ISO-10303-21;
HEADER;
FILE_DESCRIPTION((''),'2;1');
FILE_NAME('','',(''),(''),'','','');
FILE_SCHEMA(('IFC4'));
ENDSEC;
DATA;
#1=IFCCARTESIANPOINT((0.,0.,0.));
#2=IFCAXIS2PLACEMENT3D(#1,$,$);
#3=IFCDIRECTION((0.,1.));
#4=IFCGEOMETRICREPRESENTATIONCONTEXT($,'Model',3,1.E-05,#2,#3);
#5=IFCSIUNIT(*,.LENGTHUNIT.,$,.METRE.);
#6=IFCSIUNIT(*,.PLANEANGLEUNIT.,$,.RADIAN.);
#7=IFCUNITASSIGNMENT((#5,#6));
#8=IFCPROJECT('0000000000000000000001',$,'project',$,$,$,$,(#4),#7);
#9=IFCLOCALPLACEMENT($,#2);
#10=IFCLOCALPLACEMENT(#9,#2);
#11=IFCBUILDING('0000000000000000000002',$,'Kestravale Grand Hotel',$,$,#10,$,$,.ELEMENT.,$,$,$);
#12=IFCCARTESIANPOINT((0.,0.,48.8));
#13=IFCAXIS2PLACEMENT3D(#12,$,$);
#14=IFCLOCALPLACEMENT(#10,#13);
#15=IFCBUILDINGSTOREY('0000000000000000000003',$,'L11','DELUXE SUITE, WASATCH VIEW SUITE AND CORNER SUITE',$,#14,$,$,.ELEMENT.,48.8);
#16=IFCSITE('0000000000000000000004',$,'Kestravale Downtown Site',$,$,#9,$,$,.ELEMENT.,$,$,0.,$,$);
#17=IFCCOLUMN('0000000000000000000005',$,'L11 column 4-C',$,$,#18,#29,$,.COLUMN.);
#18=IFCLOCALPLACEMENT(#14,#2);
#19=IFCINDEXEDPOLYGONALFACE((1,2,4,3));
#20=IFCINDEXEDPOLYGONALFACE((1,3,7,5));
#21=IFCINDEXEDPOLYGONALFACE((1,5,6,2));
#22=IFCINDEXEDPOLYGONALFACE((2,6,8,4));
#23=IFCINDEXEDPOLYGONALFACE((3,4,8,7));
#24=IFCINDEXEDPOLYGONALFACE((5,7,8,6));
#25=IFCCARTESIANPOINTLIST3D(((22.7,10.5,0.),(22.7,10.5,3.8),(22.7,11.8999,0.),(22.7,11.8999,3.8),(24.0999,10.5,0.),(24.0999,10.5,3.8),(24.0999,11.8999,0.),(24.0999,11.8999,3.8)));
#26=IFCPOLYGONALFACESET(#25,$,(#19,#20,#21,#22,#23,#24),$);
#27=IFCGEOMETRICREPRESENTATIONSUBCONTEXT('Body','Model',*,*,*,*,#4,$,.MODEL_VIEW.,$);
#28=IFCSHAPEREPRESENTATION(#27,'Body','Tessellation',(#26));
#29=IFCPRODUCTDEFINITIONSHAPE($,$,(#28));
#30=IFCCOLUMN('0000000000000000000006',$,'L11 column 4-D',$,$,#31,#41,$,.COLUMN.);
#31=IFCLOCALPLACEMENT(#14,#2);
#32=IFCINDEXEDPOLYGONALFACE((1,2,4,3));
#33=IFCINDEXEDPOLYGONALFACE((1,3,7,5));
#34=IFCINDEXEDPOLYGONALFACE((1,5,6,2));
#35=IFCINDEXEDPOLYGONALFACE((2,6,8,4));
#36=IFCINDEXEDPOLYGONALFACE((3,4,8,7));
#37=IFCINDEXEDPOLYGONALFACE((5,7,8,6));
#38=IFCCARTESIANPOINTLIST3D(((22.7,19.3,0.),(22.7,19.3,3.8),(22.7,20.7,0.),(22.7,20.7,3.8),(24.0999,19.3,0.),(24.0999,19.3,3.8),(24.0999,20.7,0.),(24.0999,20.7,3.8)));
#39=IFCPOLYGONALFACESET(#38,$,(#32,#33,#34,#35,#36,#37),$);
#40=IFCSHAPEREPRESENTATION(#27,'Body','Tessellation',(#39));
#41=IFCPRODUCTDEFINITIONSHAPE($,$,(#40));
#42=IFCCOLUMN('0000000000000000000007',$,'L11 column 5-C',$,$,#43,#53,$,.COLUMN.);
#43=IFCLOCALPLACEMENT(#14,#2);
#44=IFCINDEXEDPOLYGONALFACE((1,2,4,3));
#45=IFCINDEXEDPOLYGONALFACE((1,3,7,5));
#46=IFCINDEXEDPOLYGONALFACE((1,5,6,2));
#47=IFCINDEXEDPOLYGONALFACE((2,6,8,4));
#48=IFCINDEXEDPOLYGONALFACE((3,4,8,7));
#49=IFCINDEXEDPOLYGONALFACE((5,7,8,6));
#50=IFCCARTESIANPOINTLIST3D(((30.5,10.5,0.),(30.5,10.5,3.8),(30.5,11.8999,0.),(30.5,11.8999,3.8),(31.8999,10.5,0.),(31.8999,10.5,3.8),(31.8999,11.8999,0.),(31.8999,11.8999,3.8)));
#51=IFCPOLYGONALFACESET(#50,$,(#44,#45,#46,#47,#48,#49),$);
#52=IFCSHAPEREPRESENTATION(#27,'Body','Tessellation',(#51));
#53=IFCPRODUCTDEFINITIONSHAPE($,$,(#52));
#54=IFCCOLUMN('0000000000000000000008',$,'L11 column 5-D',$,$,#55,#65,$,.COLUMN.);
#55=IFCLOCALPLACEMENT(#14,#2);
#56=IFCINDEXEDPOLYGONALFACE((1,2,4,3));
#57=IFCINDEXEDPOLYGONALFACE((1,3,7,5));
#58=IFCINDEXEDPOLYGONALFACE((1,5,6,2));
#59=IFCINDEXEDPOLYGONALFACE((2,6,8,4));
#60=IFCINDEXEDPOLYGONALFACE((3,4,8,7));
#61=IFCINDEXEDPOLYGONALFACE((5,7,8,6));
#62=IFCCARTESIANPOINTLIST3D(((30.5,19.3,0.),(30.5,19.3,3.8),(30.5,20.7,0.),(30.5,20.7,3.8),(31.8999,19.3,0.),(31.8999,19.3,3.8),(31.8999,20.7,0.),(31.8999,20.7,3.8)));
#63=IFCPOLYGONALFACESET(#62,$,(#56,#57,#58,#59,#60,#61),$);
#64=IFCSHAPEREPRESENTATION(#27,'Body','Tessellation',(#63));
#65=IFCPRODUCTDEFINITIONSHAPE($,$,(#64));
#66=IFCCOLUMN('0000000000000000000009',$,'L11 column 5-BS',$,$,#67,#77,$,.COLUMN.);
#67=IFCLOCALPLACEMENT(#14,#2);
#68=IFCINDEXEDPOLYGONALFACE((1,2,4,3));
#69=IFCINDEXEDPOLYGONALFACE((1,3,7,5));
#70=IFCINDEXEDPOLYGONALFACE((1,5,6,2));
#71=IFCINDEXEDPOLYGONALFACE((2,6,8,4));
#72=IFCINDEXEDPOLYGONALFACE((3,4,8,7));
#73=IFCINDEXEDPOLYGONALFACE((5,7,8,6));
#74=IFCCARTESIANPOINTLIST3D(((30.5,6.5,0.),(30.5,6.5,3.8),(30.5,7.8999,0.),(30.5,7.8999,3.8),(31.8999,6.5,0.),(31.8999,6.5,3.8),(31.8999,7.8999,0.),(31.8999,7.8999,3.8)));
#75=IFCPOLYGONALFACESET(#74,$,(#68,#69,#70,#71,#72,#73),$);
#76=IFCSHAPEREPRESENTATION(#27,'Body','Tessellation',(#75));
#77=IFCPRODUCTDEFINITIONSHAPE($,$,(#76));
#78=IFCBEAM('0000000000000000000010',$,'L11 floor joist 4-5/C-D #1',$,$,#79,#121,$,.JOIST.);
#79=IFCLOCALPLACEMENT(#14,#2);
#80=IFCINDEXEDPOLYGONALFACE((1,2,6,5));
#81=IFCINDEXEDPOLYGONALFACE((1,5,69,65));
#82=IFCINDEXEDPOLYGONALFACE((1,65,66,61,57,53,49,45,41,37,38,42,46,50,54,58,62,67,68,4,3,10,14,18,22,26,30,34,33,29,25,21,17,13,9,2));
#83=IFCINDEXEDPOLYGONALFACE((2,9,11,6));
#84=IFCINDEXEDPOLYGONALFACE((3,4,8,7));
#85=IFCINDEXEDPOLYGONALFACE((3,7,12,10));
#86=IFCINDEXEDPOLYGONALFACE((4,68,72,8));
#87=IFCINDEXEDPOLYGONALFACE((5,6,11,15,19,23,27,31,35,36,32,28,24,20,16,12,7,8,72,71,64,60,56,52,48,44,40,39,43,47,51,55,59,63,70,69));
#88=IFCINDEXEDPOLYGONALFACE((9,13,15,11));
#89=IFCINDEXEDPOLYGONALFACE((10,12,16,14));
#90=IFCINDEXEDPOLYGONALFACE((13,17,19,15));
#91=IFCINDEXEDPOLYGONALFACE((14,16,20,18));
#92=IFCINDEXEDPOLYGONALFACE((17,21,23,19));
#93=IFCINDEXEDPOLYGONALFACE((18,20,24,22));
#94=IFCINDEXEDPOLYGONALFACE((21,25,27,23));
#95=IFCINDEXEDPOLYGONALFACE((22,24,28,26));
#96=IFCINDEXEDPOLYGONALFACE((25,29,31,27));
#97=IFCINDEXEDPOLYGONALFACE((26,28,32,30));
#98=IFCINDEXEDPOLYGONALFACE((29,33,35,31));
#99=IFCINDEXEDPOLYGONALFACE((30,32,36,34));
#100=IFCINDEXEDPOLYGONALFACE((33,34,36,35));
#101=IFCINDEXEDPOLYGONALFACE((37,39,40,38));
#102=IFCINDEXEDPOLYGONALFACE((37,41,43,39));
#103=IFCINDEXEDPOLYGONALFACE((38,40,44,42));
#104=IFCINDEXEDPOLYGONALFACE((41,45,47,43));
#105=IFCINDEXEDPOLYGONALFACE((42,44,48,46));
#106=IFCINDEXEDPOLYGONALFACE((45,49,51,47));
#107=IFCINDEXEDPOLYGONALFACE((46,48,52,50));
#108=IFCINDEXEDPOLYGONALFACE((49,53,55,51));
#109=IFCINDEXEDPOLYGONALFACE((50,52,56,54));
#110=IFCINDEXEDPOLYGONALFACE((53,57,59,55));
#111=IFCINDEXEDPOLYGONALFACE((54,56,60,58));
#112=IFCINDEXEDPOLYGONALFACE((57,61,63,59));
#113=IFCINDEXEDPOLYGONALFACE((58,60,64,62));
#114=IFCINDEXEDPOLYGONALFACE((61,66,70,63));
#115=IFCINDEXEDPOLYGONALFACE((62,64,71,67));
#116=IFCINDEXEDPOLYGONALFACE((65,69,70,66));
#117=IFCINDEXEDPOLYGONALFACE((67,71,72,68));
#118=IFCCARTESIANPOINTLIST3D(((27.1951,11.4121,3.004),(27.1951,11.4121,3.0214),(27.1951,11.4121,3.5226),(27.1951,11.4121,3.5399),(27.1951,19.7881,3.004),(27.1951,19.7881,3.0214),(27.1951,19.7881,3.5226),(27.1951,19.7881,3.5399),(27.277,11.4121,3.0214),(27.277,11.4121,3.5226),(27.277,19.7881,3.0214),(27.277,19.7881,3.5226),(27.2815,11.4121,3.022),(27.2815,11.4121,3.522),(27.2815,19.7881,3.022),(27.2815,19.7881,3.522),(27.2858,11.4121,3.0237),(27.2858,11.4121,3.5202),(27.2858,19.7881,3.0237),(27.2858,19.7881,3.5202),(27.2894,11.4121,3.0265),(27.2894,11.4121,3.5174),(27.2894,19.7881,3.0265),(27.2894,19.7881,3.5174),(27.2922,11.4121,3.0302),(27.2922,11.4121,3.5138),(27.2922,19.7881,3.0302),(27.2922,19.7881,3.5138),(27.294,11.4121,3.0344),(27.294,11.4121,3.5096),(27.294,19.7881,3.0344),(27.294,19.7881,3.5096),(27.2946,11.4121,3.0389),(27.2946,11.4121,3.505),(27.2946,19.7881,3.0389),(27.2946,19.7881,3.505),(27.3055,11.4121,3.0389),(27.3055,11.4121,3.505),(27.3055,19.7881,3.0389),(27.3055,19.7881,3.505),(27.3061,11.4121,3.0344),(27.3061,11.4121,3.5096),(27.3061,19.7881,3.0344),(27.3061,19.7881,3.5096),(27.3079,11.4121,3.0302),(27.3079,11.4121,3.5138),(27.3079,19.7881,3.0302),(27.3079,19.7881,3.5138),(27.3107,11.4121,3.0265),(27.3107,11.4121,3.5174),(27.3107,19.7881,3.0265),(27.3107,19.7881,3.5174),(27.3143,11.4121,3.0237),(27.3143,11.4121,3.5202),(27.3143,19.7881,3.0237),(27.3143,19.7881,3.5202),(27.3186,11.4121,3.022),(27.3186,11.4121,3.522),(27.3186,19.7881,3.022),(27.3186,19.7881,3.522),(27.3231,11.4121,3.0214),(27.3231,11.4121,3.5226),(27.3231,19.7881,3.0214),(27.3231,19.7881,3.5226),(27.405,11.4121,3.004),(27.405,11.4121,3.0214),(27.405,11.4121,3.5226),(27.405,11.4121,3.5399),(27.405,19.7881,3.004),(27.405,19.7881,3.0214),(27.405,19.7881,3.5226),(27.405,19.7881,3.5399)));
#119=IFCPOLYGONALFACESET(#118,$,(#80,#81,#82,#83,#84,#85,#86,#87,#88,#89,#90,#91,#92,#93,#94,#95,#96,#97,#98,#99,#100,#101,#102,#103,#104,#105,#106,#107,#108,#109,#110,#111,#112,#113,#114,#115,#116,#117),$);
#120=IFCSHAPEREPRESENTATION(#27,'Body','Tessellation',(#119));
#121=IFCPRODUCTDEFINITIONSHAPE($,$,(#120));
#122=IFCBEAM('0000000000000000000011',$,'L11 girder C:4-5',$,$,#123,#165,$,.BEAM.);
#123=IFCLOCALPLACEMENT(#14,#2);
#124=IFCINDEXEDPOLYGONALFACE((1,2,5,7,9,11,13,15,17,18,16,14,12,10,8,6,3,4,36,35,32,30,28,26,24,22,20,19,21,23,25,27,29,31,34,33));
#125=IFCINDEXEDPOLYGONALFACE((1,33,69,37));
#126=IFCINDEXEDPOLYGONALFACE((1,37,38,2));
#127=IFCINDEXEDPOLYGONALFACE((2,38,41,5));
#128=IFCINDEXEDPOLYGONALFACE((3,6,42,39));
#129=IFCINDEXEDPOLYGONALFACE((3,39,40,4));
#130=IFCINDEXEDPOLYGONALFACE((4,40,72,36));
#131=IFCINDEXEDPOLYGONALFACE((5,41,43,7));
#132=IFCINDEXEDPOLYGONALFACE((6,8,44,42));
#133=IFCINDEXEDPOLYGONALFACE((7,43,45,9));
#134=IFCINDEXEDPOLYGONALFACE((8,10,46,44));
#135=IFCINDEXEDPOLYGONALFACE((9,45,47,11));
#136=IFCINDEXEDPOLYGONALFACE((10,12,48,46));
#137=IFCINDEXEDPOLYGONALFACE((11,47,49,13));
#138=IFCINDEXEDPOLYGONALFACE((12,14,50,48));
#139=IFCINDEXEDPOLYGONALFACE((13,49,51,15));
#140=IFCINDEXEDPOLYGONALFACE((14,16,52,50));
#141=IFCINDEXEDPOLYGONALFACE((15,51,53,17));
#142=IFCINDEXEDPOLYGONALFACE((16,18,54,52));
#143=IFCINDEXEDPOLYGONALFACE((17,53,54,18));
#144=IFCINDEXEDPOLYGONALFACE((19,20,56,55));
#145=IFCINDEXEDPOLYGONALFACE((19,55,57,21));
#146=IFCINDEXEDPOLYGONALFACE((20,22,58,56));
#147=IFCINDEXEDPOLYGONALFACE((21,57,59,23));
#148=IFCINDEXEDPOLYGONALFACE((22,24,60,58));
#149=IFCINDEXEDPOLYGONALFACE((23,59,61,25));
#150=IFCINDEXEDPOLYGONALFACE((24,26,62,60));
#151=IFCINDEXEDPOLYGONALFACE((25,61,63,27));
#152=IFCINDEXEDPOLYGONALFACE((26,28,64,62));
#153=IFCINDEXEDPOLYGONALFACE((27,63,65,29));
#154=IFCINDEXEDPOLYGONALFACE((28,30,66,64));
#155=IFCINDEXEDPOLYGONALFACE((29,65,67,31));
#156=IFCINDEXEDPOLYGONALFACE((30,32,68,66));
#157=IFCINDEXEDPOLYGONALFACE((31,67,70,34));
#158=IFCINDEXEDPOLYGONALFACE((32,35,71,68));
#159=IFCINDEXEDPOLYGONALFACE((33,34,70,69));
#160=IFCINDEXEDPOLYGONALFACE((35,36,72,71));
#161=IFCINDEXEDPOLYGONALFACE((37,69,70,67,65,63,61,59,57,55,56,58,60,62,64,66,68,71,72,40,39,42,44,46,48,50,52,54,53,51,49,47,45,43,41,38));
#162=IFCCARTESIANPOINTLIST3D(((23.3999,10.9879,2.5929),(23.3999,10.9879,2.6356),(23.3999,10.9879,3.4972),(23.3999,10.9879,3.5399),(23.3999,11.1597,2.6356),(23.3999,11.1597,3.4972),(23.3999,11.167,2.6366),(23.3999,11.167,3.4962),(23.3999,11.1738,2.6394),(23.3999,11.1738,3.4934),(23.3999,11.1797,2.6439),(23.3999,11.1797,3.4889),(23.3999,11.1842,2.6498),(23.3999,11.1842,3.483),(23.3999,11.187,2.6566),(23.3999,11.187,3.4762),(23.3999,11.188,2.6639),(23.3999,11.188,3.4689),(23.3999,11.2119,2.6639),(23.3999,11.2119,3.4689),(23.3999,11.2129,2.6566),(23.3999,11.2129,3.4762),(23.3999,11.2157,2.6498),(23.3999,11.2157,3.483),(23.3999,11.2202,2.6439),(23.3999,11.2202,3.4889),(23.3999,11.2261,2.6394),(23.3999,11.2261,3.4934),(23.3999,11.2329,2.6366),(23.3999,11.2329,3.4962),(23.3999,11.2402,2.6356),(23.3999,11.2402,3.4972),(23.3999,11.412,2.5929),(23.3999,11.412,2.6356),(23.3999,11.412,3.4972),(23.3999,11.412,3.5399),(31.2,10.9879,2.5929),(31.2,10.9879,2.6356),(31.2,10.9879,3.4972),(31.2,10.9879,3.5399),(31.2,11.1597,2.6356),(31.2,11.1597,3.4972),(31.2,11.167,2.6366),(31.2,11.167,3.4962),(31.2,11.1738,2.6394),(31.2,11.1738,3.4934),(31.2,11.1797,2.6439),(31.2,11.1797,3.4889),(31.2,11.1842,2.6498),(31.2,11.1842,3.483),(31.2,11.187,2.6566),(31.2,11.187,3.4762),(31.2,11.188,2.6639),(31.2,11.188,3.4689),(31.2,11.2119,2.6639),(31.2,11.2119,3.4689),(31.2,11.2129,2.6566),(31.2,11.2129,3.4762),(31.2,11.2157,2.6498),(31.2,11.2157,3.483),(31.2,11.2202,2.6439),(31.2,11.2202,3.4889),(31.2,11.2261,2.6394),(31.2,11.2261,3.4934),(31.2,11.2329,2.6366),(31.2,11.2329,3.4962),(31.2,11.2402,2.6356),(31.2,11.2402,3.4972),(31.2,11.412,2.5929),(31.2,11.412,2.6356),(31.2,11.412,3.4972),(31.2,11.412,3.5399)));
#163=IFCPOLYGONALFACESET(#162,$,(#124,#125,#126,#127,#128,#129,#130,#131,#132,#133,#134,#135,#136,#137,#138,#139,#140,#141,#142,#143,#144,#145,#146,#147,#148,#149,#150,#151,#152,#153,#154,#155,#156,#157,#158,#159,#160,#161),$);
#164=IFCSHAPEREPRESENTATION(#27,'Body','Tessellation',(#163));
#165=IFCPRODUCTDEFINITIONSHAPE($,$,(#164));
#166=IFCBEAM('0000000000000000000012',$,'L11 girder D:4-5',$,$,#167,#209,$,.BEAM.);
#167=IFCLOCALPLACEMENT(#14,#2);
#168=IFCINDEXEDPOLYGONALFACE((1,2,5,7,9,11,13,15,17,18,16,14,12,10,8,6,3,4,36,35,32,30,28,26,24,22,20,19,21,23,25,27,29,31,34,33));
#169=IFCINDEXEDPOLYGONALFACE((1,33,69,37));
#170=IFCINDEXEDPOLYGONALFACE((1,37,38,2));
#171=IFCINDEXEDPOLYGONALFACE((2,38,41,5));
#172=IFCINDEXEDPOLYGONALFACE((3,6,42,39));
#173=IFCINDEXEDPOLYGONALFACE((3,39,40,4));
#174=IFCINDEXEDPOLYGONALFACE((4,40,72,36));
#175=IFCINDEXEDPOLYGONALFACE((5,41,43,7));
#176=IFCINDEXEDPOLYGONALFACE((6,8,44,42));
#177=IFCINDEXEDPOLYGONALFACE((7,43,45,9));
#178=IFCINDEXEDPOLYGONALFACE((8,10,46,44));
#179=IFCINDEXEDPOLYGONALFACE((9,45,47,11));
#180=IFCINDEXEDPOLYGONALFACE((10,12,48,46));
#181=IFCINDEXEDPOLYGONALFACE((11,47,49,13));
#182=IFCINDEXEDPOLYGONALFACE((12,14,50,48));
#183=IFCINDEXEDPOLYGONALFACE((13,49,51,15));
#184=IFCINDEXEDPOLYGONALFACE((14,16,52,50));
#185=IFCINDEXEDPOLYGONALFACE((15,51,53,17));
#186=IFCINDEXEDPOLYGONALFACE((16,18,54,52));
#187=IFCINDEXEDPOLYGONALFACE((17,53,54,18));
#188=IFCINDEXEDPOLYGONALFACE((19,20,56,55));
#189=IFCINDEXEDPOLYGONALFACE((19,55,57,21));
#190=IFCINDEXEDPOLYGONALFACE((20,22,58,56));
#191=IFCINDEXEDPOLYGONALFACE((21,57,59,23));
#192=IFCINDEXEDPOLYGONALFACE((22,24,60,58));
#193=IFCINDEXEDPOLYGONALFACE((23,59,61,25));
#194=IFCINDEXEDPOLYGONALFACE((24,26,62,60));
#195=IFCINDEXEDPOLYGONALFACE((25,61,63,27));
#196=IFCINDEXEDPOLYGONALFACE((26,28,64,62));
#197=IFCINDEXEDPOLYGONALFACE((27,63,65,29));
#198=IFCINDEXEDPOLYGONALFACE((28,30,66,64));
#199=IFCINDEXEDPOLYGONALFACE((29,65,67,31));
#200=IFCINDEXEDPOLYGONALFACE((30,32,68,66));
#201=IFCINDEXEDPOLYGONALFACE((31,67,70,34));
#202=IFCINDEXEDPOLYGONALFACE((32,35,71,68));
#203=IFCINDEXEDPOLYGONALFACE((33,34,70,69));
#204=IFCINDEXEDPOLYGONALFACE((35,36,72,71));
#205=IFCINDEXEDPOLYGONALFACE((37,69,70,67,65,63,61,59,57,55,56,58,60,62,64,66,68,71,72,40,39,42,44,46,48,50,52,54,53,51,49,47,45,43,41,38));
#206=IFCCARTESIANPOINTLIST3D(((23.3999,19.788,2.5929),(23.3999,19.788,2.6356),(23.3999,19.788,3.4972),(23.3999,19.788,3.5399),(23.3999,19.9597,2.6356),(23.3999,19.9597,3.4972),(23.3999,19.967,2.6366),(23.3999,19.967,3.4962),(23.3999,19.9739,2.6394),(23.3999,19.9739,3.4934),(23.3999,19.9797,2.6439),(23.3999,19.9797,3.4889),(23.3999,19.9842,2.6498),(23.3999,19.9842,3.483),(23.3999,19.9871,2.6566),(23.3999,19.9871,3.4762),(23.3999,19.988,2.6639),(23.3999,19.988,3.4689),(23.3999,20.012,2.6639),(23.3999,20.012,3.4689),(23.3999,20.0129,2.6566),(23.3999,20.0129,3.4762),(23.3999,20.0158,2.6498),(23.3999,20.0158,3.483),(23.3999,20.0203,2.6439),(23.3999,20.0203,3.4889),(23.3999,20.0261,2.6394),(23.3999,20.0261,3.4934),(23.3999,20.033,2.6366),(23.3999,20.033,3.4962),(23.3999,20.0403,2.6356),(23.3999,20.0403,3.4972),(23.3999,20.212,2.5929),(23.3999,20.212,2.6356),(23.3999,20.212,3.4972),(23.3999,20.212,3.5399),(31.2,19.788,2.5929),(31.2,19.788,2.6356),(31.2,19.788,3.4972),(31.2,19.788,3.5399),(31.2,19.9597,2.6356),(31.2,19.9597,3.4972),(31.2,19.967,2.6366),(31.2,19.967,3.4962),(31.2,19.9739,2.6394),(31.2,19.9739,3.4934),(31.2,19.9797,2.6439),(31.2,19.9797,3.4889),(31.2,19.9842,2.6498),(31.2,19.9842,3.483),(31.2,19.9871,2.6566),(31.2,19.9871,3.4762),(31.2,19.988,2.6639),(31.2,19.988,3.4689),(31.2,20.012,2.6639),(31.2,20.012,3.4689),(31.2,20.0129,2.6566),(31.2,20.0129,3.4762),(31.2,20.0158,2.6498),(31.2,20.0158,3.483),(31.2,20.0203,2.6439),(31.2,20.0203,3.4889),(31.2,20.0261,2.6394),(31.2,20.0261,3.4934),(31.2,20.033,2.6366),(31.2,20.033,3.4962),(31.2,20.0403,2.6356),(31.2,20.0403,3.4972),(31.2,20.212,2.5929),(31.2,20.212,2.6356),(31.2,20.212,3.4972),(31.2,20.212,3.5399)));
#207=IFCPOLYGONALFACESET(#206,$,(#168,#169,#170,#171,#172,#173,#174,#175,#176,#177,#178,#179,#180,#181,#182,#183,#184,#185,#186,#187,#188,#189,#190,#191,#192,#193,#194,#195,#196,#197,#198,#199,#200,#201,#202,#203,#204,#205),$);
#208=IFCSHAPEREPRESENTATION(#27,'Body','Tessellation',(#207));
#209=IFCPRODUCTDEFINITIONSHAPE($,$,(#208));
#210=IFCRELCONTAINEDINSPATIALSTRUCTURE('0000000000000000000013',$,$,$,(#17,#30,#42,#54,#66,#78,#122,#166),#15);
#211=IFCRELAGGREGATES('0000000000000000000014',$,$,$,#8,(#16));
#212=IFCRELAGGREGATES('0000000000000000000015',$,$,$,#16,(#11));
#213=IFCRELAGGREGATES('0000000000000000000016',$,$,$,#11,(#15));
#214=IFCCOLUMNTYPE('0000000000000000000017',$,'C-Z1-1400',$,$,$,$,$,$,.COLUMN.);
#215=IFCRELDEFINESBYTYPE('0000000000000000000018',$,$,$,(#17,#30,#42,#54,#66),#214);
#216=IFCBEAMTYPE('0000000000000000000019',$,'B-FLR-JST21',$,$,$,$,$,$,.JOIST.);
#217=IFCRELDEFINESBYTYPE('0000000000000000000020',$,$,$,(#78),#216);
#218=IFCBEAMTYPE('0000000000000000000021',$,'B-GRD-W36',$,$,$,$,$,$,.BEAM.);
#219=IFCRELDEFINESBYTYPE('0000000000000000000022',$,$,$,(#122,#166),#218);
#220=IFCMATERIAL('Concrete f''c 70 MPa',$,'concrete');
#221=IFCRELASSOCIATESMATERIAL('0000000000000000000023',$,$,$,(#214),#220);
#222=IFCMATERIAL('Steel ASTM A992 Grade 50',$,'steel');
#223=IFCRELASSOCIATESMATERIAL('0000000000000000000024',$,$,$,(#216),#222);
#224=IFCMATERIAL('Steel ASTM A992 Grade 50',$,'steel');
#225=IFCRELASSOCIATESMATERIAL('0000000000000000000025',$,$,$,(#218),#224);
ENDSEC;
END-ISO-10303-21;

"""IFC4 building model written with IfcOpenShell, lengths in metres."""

from ifc_helpers import new_model, si_unit, direction, frame, origin, origin_2d, place, context, subcontext, project, spatial, rectangle, i_section, extrude, material, material_profile, profile_set, type_object, element, save


model = new_model("IFC4")

# Units and contexts
model_context = context("Model", 3, precision=1e-05, world=origin(), true_north=direction((0.0, 1.0)))
body_context = subcontext(model_context, "Body", "Model", "MODEL_VIEW")
ifc_project = project(units=[si_unit("LENGTHUNIT", "METRE"), si_unit("PLANEANGLEUNIT", "RADIAN")], contexts=[model_context])

# Site, building, storey
site_placement = place(None, origin())
site = spatial("IfcSite", under=ifc_project, at=site_placement, Name="Kestravale Downtown Site", CompositionType="ELEMENT", RefElevation=0.0)
building_placement = place(site_placement, origin())
building = spatial("IfcBuilding", under=site, at=building_placement, Name="Kestravale Grand Hotel", CompositionType="ELEMENT")
storey_placement = place(building_placement, frame((0.0, 0.0, 48.8)))
storey = spatial("IfcBuildingStorey", under=building, at=storey_placement, Name="L11", Description="DELUXE SUITE, WASATCH VIEW SUITE AND CORNER SUITE", CompositionType="ELEMENT", Elevation=48.8)

# Columns
ifc_material_1 = material(Name="Concrete f'c 70 MPa", Category="concrete")
ifc_material_profile_1 = material_profile(ifc_material_1, rectangle(XDim=1.3999, YDim=1.3999, at=origin_2d()))
ifc_profile_set_1 = profile_set([ifc_material_profile_1], Name="Concrete f'c 70 MPa")
column_type = type_object("IfcColumnType", Name="C-Z1-1400", PredefinedType="COLUMN", material=ifc_profile_set_1)
for number, where, z_axis, x_axis, name in (
    (1, (23.3999, 11.2, 0.0), (0.0, 0.0, 1.0), (1.0, 0.0, 0.0), "L11 column 4-C"),
    (2, (23.3999, 20.0, 0.0), (0.0, 0.0, 1.0), (1.0, 0.0, 0.0), "L11 column 4-D"),
    (3, (31.2, 11.2, 0.0), (0.0, 0.0, 1.0), (1.0, 0.0, 0.0), "L11 column 5-C"),
    (4, (31.2, 20.0, 0.0), (0.0, 0.0, 1.0), (1.0, 0.0, 0.0), "L11 column 5-D"),
    (5, (31.2, 7.2, 0.0), (0.0, 0.0, 1.0), (1.0, 0.0, 0.0), "L11 column 5-BS"),
):
    element("IfcColumn", number, at=place(storey_placement, frame(where, z_axis=z_axis, x_axis=x_axis)), inside=storey, type_object=column_type, Name=name, PredefinedType="COLUMN", context=body_context, shape_type="SweptSolid", body=[
        extrude(rectangle(XDim=1.3999, YDim=1.3999, at=origin_2d()), origin(), (0.0, 0.0, 1.0), 3.8),
    ])

# Beams
ifc_material_2 = material(Name="Steel ASTM A992 Grade 50", Category="steel")
ifc_material_profile_2 = material_profile(ifc_material_2, i_section(OverallWidth=0.21, OverallDepth=0.5359, WebThickness=0.011, FlangeThickness=0.0173, FilletRadius=0.0176, at=origin_2d()))
ifc_profile_set_2 = profile_set([ifc_material_profile_2], Name="Steel ASTM A992 Grade 50")
beam_type_1 = type_object("IfcBeamType", Name="B-FLR-JST21", PredefinedType="JOIST", material=ifc_profile_set_2)
beam_1_placement = place(storey_placement, frame((27.3, 11.4121, 3.272), z_axis=(0.0, 1.0, 0.0), x_axis=(-1.0, 0.0, 0.0)))
element("IfcBeam", 6, at=beam_1_placement, inside=storey, type_object=beam_type_1, Name="L11 floor joist 4-5/C-D #1", PredefinedType="JOIST", context=body_context, shape_type="SweptSolid", body=[
    extrude(i_section(OverallWidth=0.21, OverallDepth=0.5359, WebThickness=0.011, FlangeThickness=0.0173, FilletRadius=0.0176, at=origin_2d()), origin(), (0.0, 0.0, 1.0), 8.376),
])
ifc_material_3 = material(Name="Steel ASTM A992 Grade 50", Category="steel")
ifc_material_profile_3 = material_profile(ifc_material_3, i_section(OverallWidth=0.4241, OverallDepth=0.947, WebThickness=0.0239, FlangeThickness=0.0427, FilletRadius=0.0283, at=origin_2d()))
ifc_profile_set_3 = profile_set([ifc_material_profile_3], Name="Steel ASTM A992 Grade 50")
beam_type_2 = type_object("IfcBeamType", Name="B-GRD-W36", PredefinedType="BEAM", material=ifc_profile_set_3)
for number, where, z_axis, x_axis, name in (
    (7, (23.3999, 11.2, 3.0664), (1.0, 0.0, 0.0), (0.0, 1.0, 0.0), "L11 girder C:4-5"),
    (8, (23.3999, 20.0, 3.0664), (1.0, 0.0, 0.0), (0.0, 1.0, 0.0), "L11 girder D:4-5"),
):
    element("IfcBeam", number, at=place(storey_placement, frame(where, z_axis=z_axis, x_axis=x_axis)), inside=storey, type_object=beam_type_2, Name=name, PredefinedType="BEAM", context=body_context, shape_type="SweptSolid", body=[
        extrude(i_section(OverallWidth=0.4241, OverallDepth=0.947, WebThickness=0.0239, FlangeThickness=0.0427, FilletRadius=0.0283, at=origin_2d()), origin(), (0.0, 0.0, 1.0), 7.8),
    ])

save(model, "model.ifc")
